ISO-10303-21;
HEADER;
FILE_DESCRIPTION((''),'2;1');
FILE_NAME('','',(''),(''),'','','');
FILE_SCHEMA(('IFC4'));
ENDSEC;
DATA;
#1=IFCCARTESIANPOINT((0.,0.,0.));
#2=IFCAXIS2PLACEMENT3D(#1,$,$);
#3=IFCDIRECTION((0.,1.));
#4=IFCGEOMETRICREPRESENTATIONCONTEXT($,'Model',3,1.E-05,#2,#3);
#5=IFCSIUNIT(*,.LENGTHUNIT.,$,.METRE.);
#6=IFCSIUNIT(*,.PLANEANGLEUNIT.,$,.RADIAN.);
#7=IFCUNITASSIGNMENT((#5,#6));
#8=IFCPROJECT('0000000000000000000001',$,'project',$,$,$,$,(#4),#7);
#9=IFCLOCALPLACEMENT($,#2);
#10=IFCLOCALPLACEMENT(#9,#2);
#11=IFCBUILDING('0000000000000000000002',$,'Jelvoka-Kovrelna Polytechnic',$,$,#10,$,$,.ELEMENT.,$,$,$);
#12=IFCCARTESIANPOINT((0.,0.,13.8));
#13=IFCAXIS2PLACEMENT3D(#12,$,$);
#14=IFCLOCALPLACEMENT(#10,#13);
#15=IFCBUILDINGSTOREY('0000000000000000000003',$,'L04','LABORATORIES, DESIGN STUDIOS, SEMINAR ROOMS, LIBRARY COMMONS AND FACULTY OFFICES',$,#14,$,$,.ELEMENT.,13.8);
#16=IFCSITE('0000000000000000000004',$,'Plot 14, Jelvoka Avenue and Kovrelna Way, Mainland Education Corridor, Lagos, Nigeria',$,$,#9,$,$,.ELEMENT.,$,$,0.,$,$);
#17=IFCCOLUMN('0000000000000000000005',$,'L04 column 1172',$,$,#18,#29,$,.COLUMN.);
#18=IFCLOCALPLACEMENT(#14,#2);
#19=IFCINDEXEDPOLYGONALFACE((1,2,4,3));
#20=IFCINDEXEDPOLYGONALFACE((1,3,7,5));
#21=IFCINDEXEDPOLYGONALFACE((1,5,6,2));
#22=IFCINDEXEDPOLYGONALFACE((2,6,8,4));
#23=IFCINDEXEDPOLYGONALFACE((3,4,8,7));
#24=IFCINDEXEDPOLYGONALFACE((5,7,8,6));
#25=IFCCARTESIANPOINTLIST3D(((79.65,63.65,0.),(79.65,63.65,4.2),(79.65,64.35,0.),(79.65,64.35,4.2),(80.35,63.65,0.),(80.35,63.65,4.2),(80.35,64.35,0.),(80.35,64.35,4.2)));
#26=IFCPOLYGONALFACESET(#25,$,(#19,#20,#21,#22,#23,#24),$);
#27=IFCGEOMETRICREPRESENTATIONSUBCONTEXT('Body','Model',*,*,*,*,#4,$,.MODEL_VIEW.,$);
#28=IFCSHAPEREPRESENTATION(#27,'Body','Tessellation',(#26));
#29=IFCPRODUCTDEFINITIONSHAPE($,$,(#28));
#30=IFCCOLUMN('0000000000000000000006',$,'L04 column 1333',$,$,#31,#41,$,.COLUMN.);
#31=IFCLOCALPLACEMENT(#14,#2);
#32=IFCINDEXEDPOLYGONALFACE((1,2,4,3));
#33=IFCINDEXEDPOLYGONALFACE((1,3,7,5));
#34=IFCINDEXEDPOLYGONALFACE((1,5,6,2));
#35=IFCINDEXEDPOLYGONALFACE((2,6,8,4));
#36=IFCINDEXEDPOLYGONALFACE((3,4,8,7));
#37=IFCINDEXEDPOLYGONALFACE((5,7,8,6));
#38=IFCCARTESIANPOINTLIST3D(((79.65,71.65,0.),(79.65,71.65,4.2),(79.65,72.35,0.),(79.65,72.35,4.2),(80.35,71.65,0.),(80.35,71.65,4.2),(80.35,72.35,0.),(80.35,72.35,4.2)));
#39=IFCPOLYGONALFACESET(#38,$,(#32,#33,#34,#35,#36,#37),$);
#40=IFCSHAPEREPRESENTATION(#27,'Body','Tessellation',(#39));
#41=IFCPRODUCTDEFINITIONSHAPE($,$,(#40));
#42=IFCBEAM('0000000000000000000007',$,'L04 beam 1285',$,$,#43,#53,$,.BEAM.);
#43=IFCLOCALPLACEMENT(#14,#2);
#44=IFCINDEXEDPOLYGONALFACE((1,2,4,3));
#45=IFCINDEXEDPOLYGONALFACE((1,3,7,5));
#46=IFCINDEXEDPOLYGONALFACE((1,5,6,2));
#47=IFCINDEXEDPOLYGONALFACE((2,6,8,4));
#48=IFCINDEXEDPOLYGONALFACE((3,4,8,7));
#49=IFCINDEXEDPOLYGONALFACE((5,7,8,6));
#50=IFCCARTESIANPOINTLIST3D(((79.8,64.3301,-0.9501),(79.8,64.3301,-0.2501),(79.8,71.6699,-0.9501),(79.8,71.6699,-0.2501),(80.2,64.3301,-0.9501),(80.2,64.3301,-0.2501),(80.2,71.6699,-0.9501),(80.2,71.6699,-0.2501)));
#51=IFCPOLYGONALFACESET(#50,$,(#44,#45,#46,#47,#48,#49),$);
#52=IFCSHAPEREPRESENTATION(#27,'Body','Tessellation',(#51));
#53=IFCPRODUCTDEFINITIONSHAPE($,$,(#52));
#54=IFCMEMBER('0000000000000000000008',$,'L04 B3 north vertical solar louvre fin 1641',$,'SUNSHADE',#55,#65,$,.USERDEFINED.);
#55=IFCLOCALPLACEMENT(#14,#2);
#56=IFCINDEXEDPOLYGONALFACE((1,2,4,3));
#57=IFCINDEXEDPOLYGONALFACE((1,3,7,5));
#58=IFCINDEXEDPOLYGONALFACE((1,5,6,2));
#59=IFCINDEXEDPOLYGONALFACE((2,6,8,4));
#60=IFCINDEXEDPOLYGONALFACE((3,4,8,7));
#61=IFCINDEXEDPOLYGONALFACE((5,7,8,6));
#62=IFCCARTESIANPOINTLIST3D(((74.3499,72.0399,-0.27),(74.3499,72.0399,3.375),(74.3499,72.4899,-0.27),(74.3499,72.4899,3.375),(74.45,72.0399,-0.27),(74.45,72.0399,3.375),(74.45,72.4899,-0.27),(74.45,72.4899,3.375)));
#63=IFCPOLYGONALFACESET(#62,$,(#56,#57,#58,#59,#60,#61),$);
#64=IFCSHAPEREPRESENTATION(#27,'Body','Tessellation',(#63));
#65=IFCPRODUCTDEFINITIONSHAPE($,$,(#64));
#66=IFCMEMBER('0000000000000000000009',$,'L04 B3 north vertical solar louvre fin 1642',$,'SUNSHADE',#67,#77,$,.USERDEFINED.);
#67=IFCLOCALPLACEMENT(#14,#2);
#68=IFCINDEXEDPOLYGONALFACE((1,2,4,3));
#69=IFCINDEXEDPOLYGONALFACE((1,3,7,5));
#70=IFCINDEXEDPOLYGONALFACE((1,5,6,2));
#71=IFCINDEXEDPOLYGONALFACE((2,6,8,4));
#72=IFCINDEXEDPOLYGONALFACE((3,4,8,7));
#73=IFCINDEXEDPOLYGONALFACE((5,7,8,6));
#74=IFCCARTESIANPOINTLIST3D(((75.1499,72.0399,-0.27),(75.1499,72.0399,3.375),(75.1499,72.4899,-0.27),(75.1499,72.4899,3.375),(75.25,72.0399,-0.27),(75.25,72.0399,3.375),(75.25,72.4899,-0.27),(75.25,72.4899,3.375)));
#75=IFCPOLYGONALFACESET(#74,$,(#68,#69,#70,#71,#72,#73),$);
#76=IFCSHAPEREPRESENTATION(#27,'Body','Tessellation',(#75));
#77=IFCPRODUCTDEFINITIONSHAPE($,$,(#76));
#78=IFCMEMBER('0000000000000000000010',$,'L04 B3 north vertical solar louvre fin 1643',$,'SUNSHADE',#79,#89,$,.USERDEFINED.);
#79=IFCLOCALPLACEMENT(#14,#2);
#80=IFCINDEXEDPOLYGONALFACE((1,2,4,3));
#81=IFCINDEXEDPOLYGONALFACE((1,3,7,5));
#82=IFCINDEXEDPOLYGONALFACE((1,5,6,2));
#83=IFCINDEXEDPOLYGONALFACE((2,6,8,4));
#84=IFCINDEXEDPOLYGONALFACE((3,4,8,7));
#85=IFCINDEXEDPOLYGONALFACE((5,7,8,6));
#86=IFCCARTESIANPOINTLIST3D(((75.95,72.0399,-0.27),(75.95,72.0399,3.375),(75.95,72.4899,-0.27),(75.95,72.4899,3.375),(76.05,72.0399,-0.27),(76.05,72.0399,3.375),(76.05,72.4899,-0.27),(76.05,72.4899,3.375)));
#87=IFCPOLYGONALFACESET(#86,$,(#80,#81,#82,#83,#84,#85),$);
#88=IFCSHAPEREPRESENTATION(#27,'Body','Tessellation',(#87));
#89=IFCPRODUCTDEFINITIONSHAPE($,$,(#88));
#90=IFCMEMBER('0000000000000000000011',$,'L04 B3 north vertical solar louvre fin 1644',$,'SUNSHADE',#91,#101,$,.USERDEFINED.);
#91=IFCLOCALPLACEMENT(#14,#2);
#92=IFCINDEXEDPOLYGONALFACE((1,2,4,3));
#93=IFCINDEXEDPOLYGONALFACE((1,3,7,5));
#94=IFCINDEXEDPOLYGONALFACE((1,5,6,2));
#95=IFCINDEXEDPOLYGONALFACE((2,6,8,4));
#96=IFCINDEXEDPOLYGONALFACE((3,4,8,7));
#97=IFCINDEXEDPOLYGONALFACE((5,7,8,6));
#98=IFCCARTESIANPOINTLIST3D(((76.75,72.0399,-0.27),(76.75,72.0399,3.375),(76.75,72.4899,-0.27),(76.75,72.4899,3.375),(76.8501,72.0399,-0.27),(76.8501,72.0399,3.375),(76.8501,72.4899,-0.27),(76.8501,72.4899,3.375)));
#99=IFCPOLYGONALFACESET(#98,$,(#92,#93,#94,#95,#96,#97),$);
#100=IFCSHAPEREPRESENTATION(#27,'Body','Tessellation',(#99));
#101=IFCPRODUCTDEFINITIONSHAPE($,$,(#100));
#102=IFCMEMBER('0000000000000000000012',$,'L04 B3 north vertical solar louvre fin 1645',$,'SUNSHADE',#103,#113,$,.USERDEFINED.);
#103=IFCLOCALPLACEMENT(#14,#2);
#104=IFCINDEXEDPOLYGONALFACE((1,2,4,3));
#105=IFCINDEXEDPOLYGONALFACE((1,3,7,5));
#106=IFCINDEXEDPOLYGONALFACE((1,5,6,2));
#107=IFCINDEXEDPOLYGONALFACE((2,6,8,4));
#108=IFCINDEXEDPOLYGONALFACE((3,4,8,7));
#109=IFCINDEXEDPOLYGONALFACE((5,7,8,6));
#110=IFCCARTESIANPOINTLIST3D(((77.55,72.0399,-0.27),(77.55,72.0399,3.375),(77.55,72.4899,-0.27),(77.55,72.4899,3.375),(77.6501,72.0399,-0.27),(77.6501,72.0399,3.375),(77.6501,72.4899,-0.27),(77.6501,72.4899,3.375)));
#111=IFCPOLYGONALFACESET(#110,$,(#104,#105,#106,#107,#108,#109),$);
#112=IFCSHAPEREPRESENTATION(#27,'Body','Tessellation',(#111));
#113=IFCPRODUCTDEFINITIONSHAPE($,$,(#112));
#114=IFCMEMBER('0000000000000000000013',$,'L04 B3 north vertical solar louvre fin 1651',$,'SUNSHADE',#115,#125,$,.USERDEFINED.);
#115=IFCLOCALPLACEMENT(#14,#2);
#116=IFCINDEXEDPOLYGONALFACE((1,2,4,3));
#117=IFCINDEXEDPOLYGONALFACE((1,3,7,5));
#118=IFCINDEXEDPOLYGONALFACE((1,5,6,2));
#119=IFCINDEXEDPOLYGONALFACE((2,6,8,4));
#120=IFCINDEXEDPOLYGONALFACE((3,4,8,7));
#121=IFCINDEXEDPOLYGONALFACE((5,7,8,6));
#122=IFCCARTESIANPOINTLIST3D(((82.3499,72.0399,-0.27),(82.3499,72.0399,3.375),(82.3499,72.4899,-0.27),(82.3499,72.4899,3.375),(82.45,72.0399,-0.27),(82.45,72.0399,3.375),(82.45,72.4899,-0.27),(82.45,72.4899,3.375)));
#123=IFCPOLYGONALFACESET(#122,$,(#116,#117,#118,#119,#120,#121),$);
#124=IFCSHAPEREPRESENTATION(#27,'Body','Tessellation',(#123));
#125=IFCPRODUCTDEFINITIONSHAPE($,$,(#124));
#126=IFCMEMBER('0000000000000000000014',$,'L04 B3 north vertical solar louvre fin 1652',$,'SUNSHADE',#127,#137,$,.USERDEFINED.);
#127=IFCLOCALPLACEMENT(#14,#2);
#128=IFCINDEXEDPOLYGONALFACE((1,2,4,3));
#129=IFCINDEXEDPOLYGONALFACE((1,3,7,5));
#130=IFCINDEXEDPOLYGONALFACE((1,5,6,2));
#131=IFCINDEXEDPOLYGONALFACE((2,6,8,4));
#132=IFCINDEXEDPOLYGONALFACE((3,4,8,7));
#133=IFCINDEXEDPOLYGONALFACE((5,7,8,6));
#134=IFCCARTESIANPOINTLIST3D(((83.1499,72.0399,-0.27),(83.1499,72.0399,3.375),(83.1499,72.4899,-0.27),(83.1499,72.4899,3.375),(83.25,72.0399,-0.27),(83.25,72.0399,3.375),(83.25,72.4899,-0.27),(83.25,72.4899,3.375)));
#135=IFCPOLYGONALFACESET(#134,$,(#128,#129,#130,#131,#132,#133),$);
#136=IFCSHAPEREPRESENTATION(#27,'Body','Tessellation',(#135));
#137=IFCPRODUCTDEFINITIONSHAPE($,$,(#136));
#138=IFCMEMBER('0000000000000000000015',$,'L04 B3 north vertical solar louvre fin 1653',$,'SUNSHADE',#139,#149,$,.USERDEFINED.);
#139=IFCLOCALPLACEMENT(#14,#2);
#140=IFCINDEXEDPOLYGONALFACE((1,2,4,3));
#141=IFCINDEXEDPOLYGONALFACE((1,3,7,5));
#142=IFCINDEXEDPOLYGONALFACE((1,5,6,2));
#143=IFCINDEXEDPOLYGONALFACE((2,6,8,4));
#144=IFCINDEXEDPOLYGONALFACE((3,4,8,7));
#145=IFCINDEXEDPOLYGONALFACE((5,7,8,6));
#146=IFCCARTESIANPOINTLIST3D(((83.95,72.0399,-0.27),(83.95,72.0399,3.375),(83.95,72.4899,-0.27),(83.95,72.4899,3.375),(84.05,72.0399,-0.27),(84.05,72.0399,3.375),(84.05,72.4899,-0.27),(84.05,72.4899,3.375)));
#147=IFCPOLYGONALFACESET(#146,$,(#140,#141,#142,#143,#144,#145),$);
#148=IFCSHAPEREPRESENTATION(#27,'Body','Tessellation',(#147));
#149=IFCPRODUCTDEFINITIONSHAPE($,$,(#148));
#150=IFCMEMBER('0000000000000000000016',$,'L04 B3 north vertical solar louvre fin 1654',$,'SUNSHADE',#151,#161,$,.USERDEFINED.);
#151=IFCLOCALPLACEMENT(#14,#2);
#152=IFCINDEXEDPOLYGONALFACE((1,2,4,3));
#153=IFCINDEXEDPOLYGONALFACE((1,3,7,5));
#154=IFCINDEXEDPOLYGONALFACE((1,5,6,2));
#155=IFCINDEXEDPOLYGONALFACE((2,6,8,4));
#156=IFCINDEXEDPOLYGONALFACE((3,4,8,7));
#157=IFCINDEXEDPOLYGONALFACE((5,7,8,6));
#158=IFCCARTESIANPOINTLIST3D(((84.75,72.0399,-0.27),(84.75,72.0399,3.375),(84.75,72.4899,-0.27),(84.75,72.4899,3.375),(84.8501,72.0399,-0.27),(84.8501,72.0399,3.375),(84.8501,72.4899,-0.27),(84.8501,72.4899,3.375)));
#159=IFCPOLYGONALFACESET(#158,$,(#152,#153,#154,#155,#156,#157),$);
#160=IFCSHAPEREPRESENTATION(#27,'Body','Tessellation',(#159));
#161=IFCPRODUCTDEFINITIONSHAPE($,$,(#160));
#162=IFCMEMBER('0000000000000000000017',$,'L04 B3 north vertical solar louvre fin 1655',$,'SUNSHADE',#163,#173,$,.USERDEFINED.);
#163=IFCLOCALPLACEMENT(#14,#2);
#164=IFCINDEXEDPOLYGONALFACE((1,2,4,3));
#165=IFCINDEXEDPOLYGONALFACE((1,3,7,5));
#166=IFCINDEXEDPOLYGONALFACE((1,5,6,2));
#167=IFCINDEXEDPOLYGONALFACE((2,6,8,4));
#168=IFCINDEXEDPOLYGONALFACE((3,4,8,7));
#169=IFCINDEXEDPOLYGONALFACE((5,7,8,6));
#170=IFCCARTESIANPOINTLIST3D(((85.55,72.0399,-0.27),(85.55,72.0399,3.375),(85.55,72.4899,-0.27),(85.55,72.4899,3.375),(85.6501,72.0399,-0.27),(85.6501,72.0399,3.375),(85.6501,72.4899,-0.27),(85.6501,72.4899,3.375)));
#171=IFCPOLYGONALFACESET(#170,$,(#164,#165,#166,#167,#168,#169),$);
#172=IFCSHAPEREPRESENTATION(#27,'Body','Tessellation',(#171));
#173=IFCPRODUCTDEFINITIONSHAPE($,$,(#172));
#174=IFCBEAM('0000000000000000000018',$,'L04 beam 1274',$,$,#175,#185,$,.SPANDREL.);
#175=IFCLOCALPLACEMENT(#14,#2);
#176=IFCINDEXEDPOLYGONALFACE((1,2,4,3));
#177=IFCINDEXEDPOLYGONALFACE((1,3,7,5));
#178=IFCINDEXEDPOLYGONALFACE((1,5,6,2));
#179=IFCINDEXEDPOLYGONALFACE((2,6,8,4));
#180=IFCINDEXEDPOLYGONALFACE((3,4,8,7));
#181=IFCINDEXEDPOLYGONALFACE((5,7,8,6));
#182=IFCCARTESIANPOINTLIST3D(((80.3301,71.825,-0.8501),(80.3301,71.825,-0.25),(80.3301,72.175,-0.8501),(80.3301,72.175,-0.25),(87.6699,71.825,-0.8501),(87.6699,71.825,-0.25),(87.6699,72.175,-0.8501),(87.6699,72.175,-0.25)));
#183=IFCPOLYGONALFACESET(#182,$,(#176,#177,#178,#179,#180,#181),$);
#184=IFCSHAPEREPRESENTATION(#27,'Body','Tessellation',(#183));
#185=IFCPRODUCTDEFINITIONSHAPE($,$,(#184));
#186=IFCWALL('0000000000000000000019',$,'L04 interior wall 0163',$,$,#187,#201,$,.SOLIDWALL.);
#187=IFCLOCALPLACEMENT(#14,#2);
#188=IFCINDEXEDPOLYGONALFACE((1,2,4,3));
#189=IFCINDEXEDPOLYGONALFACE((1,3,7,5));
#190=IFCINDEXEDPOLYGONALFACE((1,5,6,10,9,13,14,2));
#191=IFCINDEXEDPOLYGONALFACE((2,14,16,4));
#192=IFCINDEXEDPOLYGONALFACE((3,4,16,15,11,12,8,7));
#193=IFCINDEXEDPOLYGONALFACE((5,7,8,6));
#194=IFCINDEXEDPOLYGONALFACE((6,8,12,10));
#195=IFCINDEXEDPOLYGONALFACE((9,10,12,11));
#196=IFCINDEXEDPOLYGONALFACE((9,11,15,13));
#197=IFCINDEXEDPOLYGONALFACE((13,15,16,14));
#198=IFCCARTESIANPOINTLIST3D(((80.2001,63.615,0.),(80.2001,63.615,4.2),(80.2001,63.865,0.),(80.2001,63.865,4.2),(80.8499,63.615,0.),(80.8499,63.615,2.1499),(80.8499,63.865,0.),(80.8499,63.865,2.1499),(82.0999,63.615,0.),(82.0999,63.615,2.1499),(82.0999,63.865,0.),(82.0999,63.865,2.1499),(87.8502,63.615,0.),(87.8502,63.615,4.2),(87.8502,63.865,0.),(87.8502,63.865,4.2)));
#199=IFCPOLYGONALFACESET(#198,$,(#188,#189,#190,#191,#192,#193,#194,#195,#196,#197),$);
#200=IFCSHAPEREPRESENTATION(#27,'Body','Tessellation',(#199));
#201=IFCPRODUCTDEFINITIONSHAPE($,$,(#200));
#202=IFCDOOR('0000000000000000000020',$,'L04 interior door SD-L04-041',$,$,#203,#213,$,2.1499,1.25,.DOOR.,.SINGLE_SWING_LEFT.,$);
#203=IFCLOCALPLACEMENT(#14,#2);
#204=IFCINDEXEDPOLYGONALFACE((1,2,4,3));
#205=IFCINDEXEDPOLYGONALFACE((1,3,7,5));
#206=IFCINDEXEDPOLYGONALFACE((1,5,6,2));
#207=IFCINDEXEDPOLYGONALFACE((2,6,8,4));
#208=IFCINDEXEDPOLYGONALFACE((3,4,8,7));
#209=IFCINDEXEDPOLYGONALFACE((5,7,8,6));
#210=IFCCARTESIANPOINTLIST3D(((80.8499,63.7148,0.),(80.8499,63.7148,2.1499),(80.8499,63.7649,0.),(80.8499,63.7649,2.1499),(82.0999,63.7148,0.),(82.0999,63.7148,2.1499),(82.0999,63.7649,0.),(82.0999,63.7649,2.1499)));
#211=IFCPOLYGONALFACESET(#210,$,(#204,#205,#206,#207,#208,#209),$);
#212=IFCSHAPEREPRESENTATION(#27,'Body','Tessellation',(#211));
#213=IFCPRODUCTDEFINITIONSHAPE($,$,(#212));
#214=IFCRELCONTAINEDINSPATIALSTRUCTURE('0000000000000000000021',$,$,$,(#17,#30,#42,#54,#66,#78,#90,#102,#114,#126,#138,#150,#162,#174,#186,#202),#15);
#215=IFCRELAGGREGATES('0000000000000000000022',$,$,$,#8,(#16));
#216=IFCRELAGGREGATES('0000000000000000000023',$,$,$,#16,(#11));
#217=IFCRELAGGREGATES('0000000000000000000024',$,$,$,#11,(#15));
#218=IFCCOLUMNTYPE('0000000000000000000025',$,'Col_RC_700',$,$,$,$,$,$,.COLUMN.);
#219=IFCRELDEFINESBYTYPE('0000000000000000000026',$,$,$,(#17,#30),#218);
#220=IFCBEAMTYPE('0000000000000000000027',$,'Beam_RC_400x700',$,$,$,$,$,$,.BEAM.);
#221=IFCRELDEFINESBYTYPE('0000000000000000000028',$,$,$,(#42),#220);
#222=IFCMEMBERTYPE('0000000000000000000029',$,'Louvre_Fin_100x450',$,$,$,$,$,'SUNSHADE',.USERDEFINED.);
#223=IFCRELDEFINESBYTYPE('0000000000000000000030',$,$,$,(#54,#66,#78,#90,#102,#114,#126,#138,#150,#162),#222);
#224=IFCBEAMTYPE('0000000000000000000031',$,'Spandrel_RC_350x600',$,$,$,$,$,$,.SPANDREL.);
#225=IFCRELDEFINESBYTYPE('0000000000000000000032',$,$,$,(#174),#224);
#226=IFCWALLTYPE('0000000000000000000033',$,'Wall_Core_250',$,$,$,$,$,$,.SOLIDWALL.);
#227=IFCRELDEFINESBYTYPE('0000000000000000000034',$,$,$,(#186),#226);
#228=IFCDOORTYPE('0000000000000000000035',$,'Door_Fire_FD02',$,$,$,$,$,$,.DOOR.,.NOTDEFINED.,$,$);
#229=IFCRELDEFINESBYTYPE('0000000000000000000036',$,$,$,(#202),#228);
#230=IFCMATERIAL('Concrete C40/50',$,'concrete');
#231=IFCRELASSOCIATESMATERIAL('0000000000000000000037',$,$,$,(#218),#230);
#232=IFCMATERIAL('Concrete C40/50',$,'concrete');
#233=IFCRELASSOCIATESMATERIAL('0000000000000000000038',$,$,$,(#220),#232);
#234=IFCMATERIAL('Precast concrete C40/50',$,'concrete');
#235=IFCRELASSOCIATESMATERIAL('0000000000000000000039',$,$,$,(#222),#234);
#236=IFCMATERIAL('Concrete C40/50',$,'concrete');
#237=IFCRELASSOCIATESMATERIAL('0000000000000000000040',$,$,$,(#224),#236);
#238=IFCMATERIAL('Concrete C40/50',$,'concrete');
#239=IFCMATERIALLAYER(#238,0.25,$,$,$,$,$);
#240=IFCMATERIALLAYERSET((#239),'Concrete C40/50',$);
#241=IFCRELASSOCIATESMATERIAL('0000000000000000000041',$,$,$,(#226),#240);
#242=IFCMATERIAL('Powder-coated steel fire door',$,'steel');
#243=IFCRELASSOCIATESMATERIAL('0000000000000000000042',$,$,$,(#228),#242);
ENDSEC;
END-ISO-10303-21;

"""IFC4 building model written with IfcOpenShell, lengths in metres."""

from ifc_helpers import new_model, si_unit, direction, frame, frame_2d, origin, origin_2d, place, context, subcontext, project, spatial, rectangle, extrude, material, layer, layer_set, material_profile, profile_set, type_object, element, fill, save


model = new_model("IFC4")

# Units and contexts
model_context = context("Model", 3, precision=1e-05, world=origin(), true_north=direction((0.0, 1.0)))
body_context = subcontext(model_context, "Body", "Model", "MODEL_VIEW")
ifc_project = project(units=[si_unit("LENGTHUNIT", "METRE"), si_unit("PLANEANGLEUNIT", "RADIAN")], contexts=[model_context])

# Site, building, storey
site_placement = place(None, origin())
site = spatial("IfcSite", under=ifc_project, at=site_placement, Name="Plot 14, Jelvoka Avenue and Kovrelna Way, Mainland Education Corridor, Lagos, Nigeria", CompositionType="ELEMENT", RefElevation=0.0)
building_placement = place(site_placement, origin())
building = spatial("IfcBuilding", under=site, at=building_placement, Name="Jelvoka-Kovrelna Polytechnic", CompositionType="ELEMENT")
storey_placement = place(building_placement, frame((0.0, 0.0, 13.8)))
storey = spatial("IfcBuildingStorey", under=building, at=storey_placement, Name="L04", Description="LABORATORIES, DESIGN STUDIOS, SEMINAR ROOMS, LIBRARY COMMONS AND FACULTY OFFICES", CompositionType="ELEMENT", Elevation=13.8)

# Columns
ifc_material_1 = material(Name="Concrete C40/50", Category="concrete")
ifc_material_profile_1 = material_profile(ifc_material_1, rectangle(XDim=0.7, YDim=0.7, at=origin_2d()), Name="RC 700x700")
ifc_profile_set_1 = profile_set([ifc_material_profile_1], Name="Concrete C40/50")
column_type = type_object("IfcColumnType", Name="Col_RC_700", PredefinedType="COLUMN", material=ifc_profile_set_1)
for number, where, z_axis, x_axis, name in (
    (1, (80.0, 64.0, 0.0), (0.0, 0.0, 1.0), (1.0, 0.0, 0.0), "L04 column 1172"),
    (2, (80.0, 72.0, 0.0), (0.0, 0.0, 1.0), (1.0, 0.0, 0.0), "L04 column 1333"),
):
    element("IfcColumn", number, at=place(storey_placement, frame(where, z_axis=z_axis, x_axis=x_axis)), inside=storey, type_object=column_type, Name=name, PredefinedType="COLUMN", context=body_context, shape_type="SweptSolid", body=[
        extrude(rectangle(XDim=0.7, YDim=0.7, at=origin_2d()), origin(), (0.0, 0.0, 1.0), 4.2),
    ])

# Beam
ifc_material_2 = material(Name="Concrete C40/50", Category="concrete")
ifc_material_profile_2 = material_profile(ifc_material_2, rectangle(XDim=0.3999, YDim=0.7, at=origin_2d()), Name="RC 400x700")
ifc_profile_set_2 = profile_set([ifc_material_profile_2], Name="Concrete C40/50")
beam_type_1 = type_object("IfcBeamType", Name="Beam_RC_400x700", PredefinedType="BEAM", material=ifc_profile_set_2)
beam_1_placement = place(storey_placement, frame((80.0, 64.3301, -0.6001), z_axis=(0.0, 1.0, 0.0), x_axis=(-1.0, 0.0, 0.0)))
element("IfcBeam", 3, at=beam_1_placement, inside=storey, type_object=beam_type_1, Name="L04 beam 1285", PredefinedType="BEAM", context=body_context, shape_type="SweptSolid", body=[
    extrude(rectangle(XDim=0.3999, YDim=0.7, at=origin_2d()), origin(), (0.0, 0.0, 1.0), 7.3398),
])

# Members
ifc_material_3 = material(Name="Precast concrete C40/50", Category="concrete")
ifc_material_profile_3 = material_profile(ifc_material_3, rectangle(XDim=0.1001, YDim=0.45, at=origin_2d()), Name="PC 100x450")
ifc_profile_set_3 = profile_set([ifc_material_profile_3], Name="Precast concrete C40/50")
member_type = type_object("IfcMemberType", Name="Louvre_Fin_100x450", ElementType="SUNSHADE", PredefinedType="USERDEFINED", material=ifc_profile_set_3)
for number, where, z_axis, x_axis, name in (
    (4, (74.3999, 72.2649, -0.27), (0.0, 0.0, 1.0), (1.0, 0.0, 0.0), "L04 B3 north vertical solar louvre fin 1641"),
    (5, (75.2, 72.2649, -0.27), (0.0, 0.0, 1.0), (1.0, 0.0, 0.0), "L04 B3 north vertical solar louvre fin 1642"),
    (6, (76.0, 72.2649, -0.27), (0.0, 0.0, 1.0), (1.0, 0.0, 0.0), "L04 B3 north vertical solar louvre fin 1643"),
    (7, (76.8, 72.2649, -0.27), (0.0, 0.0, 1.0), (1.0, 0.0, 0.0), "L04 B3 north vertical solar louvre fin 1644"),
    (8, (77.6001, 72.2649, -0.27), (0.0, 0.0, 1.0), (1.0, 0.0, 0.0), "L04 B3 north vertical solar louvre fin 1645"),
    (9, (82.3999, 72.2649, -0.27), (0.0, 0.0, 1.0), (1.0, 0.0, 0.0), "L04 B3 north vertical solar louvre fin 1651"),
    (10, (83.2, 72.2649, -0.27), (0.0, 0.0, 1.0), (1.0, 0.0, 0.0), "L04 B3 north vertical solar louvre fin 1652"),
    (11, (84.0, 72.2649, -0.27), (0.0, 0.0, 1.0), (1.0, 0.0, 0.0), "L04 B3 north vertical solar louvre fin 1653"),
    (12, (84.8, 72.2649, -0.27), (0.0, 0.0, 1.0), (1.0, 0.0, 0.0), "L04 B3 north vertical solar louvre fin 1654"),
    (13, (85.6001, 72.2649, -0.27), (0.0, 0.0, 1.0), (1.0, 0.0, 0.0), "L04 B3 north vertical solar louvre fin 1655"),
):
    element("IfcMember", number, at=place(storey_placement, frame(where, z_axis=z_axis, x_axis=x_axis)), inside=storey, type_object=member_type, Name=name, ObjectType="SUNSHADE", PredefinedType="USERDEFINED", context=body_context, shape_type="SweptSolid", body=[
        extrude(rectangle(XDim=0.1001, YDim=0.45, at=origin_2d()), origin(), (0.0, 0.0, 1.0), 3.645),
    ])

# Beam
ifc_material_4 = material(Name="Concrete C40/50", Category="concrete")
ifc_material_profile_4 = material_profile(ifc_material_4, rectangle(XDim=0.3501, YDim=0.6001, at=origin_2d()), Name="RC 350x600")
ifc_profile_set_4 = profile_set([ifc_material_profile_4], Name="Concrete C40/50")
beam_type_2 = type_object("IfcBeamType", Name="Spandrel_RC_350x600", PredefinedType="SPANDREL", material=ifc_profile_set_4)
beam_2_placement = place(storey_placement, frame((80.3301, 72.0, -0.55), z_axis=(1.0, 0.0, 0.0), x_axis=(0.0, 1.0, 0.0)))
element("IfcBeam", 14, at=beam_2_placement, inside=storey, type_object=beam_type_2, Name="L04 beam 1274", PredefinedType="SPANDREL", context=body_context, shape_type="SweptSolid", body=[
    extrude(rectangle(XDim=0.3501, YDim=0.6001, at=origin_2d()), origin(), (0.0, 0.0, 1.0), 7.3398),
])

# Wall, opening, door
ifc_material_5 = material(Name="Concrete C40/50", Category="concrete")
ifc_layer_1 = layer(ifc_material_5, 0.25)
ifc_layer_set_1 = layer_set([ifc_layer_1], Name="Concrete C40/50")
wall_type_1 = type_object("IfcWallType", Name="Wall_Core_250", PredefinedType="SOLIDWALL", material=ifc_layer_set_1)
wall_1_placement = place(storey_placement, frame((80.2, 63.74, 0.0), z_axis=(0.0, 0.0, 1.0), x_axis=(1.0, 0.0, 0.0)))
wall_1 = element("IfcWall", 15, at=wall_1_placement, inside=storey, type_object=wall_type_1, Name="L04 interior wall 0163", PredefinedType="SOLIDWALL", context=body_context, shape_type="SweptSolid", body=[
    extrude(rectangle(XDim=7.6501, YDim=0.25, at=frame_2d((3.8252, 0.0))), origin(), (0.0, 0.0, 1.0), 4.2),
])
opening_1_placement = place(wall_1_placement, frame((0.6499, 0.0, 0.0)))
opening_1 = element("IfcOpeningElement", 16, at=opening_1_placement, cuts=wall_1, PredefinedType="OPENING", context=body_context, shape_type="SweptSolid", body=[
    extrude(rectangle(XDim=1.25, YDim=2.1499, at=frame_2d((0.625, 1.075))), frame((0.0, 0.135, 0.0), z_axis=(0.0, -1.0, 0.0), x_axis=(1.0, 0.0, 0.0)), (0.0, 0.0, 1.0), 0.27),
])
ifc_material_6 = material(Name="Powder-coated steel fire door", Category="steel")
door_type_1 = type_object("IfcDoorType", Name="Door_Fire_FD02", OperationType="NOTDEFINED", PredefinedType="DOOR", material=ifc_material_6)
door_1_placement = place(opening_1_placement, origin())
door_1 = element("IfcDoor", 17, at=door_1_placement, inside=storey, type_object=door_type_1, Name="L04 interior door SD-L04-041", OperationType="SINGLE_SWING_LEFT", OverallHeight=2.1499, OverallWidth=1.25, PredefinedType="DOOR", context=body_context, shape_type="SweptSolid", body=[
    extrude(rectangle(XDim=1.25, YDim=2.1499, at=frame_2d((0.625, 1.075))), frame((0.0, 0.0249, 0.0), z_axis=(0.0, -1.0, 0.0), x_axis=(1.0, 0.0, 0.0)), (0.0, 0.0, 1.0), 0.05),
])
fill(opening_1, door_1)

save(model, "model.ifc")
